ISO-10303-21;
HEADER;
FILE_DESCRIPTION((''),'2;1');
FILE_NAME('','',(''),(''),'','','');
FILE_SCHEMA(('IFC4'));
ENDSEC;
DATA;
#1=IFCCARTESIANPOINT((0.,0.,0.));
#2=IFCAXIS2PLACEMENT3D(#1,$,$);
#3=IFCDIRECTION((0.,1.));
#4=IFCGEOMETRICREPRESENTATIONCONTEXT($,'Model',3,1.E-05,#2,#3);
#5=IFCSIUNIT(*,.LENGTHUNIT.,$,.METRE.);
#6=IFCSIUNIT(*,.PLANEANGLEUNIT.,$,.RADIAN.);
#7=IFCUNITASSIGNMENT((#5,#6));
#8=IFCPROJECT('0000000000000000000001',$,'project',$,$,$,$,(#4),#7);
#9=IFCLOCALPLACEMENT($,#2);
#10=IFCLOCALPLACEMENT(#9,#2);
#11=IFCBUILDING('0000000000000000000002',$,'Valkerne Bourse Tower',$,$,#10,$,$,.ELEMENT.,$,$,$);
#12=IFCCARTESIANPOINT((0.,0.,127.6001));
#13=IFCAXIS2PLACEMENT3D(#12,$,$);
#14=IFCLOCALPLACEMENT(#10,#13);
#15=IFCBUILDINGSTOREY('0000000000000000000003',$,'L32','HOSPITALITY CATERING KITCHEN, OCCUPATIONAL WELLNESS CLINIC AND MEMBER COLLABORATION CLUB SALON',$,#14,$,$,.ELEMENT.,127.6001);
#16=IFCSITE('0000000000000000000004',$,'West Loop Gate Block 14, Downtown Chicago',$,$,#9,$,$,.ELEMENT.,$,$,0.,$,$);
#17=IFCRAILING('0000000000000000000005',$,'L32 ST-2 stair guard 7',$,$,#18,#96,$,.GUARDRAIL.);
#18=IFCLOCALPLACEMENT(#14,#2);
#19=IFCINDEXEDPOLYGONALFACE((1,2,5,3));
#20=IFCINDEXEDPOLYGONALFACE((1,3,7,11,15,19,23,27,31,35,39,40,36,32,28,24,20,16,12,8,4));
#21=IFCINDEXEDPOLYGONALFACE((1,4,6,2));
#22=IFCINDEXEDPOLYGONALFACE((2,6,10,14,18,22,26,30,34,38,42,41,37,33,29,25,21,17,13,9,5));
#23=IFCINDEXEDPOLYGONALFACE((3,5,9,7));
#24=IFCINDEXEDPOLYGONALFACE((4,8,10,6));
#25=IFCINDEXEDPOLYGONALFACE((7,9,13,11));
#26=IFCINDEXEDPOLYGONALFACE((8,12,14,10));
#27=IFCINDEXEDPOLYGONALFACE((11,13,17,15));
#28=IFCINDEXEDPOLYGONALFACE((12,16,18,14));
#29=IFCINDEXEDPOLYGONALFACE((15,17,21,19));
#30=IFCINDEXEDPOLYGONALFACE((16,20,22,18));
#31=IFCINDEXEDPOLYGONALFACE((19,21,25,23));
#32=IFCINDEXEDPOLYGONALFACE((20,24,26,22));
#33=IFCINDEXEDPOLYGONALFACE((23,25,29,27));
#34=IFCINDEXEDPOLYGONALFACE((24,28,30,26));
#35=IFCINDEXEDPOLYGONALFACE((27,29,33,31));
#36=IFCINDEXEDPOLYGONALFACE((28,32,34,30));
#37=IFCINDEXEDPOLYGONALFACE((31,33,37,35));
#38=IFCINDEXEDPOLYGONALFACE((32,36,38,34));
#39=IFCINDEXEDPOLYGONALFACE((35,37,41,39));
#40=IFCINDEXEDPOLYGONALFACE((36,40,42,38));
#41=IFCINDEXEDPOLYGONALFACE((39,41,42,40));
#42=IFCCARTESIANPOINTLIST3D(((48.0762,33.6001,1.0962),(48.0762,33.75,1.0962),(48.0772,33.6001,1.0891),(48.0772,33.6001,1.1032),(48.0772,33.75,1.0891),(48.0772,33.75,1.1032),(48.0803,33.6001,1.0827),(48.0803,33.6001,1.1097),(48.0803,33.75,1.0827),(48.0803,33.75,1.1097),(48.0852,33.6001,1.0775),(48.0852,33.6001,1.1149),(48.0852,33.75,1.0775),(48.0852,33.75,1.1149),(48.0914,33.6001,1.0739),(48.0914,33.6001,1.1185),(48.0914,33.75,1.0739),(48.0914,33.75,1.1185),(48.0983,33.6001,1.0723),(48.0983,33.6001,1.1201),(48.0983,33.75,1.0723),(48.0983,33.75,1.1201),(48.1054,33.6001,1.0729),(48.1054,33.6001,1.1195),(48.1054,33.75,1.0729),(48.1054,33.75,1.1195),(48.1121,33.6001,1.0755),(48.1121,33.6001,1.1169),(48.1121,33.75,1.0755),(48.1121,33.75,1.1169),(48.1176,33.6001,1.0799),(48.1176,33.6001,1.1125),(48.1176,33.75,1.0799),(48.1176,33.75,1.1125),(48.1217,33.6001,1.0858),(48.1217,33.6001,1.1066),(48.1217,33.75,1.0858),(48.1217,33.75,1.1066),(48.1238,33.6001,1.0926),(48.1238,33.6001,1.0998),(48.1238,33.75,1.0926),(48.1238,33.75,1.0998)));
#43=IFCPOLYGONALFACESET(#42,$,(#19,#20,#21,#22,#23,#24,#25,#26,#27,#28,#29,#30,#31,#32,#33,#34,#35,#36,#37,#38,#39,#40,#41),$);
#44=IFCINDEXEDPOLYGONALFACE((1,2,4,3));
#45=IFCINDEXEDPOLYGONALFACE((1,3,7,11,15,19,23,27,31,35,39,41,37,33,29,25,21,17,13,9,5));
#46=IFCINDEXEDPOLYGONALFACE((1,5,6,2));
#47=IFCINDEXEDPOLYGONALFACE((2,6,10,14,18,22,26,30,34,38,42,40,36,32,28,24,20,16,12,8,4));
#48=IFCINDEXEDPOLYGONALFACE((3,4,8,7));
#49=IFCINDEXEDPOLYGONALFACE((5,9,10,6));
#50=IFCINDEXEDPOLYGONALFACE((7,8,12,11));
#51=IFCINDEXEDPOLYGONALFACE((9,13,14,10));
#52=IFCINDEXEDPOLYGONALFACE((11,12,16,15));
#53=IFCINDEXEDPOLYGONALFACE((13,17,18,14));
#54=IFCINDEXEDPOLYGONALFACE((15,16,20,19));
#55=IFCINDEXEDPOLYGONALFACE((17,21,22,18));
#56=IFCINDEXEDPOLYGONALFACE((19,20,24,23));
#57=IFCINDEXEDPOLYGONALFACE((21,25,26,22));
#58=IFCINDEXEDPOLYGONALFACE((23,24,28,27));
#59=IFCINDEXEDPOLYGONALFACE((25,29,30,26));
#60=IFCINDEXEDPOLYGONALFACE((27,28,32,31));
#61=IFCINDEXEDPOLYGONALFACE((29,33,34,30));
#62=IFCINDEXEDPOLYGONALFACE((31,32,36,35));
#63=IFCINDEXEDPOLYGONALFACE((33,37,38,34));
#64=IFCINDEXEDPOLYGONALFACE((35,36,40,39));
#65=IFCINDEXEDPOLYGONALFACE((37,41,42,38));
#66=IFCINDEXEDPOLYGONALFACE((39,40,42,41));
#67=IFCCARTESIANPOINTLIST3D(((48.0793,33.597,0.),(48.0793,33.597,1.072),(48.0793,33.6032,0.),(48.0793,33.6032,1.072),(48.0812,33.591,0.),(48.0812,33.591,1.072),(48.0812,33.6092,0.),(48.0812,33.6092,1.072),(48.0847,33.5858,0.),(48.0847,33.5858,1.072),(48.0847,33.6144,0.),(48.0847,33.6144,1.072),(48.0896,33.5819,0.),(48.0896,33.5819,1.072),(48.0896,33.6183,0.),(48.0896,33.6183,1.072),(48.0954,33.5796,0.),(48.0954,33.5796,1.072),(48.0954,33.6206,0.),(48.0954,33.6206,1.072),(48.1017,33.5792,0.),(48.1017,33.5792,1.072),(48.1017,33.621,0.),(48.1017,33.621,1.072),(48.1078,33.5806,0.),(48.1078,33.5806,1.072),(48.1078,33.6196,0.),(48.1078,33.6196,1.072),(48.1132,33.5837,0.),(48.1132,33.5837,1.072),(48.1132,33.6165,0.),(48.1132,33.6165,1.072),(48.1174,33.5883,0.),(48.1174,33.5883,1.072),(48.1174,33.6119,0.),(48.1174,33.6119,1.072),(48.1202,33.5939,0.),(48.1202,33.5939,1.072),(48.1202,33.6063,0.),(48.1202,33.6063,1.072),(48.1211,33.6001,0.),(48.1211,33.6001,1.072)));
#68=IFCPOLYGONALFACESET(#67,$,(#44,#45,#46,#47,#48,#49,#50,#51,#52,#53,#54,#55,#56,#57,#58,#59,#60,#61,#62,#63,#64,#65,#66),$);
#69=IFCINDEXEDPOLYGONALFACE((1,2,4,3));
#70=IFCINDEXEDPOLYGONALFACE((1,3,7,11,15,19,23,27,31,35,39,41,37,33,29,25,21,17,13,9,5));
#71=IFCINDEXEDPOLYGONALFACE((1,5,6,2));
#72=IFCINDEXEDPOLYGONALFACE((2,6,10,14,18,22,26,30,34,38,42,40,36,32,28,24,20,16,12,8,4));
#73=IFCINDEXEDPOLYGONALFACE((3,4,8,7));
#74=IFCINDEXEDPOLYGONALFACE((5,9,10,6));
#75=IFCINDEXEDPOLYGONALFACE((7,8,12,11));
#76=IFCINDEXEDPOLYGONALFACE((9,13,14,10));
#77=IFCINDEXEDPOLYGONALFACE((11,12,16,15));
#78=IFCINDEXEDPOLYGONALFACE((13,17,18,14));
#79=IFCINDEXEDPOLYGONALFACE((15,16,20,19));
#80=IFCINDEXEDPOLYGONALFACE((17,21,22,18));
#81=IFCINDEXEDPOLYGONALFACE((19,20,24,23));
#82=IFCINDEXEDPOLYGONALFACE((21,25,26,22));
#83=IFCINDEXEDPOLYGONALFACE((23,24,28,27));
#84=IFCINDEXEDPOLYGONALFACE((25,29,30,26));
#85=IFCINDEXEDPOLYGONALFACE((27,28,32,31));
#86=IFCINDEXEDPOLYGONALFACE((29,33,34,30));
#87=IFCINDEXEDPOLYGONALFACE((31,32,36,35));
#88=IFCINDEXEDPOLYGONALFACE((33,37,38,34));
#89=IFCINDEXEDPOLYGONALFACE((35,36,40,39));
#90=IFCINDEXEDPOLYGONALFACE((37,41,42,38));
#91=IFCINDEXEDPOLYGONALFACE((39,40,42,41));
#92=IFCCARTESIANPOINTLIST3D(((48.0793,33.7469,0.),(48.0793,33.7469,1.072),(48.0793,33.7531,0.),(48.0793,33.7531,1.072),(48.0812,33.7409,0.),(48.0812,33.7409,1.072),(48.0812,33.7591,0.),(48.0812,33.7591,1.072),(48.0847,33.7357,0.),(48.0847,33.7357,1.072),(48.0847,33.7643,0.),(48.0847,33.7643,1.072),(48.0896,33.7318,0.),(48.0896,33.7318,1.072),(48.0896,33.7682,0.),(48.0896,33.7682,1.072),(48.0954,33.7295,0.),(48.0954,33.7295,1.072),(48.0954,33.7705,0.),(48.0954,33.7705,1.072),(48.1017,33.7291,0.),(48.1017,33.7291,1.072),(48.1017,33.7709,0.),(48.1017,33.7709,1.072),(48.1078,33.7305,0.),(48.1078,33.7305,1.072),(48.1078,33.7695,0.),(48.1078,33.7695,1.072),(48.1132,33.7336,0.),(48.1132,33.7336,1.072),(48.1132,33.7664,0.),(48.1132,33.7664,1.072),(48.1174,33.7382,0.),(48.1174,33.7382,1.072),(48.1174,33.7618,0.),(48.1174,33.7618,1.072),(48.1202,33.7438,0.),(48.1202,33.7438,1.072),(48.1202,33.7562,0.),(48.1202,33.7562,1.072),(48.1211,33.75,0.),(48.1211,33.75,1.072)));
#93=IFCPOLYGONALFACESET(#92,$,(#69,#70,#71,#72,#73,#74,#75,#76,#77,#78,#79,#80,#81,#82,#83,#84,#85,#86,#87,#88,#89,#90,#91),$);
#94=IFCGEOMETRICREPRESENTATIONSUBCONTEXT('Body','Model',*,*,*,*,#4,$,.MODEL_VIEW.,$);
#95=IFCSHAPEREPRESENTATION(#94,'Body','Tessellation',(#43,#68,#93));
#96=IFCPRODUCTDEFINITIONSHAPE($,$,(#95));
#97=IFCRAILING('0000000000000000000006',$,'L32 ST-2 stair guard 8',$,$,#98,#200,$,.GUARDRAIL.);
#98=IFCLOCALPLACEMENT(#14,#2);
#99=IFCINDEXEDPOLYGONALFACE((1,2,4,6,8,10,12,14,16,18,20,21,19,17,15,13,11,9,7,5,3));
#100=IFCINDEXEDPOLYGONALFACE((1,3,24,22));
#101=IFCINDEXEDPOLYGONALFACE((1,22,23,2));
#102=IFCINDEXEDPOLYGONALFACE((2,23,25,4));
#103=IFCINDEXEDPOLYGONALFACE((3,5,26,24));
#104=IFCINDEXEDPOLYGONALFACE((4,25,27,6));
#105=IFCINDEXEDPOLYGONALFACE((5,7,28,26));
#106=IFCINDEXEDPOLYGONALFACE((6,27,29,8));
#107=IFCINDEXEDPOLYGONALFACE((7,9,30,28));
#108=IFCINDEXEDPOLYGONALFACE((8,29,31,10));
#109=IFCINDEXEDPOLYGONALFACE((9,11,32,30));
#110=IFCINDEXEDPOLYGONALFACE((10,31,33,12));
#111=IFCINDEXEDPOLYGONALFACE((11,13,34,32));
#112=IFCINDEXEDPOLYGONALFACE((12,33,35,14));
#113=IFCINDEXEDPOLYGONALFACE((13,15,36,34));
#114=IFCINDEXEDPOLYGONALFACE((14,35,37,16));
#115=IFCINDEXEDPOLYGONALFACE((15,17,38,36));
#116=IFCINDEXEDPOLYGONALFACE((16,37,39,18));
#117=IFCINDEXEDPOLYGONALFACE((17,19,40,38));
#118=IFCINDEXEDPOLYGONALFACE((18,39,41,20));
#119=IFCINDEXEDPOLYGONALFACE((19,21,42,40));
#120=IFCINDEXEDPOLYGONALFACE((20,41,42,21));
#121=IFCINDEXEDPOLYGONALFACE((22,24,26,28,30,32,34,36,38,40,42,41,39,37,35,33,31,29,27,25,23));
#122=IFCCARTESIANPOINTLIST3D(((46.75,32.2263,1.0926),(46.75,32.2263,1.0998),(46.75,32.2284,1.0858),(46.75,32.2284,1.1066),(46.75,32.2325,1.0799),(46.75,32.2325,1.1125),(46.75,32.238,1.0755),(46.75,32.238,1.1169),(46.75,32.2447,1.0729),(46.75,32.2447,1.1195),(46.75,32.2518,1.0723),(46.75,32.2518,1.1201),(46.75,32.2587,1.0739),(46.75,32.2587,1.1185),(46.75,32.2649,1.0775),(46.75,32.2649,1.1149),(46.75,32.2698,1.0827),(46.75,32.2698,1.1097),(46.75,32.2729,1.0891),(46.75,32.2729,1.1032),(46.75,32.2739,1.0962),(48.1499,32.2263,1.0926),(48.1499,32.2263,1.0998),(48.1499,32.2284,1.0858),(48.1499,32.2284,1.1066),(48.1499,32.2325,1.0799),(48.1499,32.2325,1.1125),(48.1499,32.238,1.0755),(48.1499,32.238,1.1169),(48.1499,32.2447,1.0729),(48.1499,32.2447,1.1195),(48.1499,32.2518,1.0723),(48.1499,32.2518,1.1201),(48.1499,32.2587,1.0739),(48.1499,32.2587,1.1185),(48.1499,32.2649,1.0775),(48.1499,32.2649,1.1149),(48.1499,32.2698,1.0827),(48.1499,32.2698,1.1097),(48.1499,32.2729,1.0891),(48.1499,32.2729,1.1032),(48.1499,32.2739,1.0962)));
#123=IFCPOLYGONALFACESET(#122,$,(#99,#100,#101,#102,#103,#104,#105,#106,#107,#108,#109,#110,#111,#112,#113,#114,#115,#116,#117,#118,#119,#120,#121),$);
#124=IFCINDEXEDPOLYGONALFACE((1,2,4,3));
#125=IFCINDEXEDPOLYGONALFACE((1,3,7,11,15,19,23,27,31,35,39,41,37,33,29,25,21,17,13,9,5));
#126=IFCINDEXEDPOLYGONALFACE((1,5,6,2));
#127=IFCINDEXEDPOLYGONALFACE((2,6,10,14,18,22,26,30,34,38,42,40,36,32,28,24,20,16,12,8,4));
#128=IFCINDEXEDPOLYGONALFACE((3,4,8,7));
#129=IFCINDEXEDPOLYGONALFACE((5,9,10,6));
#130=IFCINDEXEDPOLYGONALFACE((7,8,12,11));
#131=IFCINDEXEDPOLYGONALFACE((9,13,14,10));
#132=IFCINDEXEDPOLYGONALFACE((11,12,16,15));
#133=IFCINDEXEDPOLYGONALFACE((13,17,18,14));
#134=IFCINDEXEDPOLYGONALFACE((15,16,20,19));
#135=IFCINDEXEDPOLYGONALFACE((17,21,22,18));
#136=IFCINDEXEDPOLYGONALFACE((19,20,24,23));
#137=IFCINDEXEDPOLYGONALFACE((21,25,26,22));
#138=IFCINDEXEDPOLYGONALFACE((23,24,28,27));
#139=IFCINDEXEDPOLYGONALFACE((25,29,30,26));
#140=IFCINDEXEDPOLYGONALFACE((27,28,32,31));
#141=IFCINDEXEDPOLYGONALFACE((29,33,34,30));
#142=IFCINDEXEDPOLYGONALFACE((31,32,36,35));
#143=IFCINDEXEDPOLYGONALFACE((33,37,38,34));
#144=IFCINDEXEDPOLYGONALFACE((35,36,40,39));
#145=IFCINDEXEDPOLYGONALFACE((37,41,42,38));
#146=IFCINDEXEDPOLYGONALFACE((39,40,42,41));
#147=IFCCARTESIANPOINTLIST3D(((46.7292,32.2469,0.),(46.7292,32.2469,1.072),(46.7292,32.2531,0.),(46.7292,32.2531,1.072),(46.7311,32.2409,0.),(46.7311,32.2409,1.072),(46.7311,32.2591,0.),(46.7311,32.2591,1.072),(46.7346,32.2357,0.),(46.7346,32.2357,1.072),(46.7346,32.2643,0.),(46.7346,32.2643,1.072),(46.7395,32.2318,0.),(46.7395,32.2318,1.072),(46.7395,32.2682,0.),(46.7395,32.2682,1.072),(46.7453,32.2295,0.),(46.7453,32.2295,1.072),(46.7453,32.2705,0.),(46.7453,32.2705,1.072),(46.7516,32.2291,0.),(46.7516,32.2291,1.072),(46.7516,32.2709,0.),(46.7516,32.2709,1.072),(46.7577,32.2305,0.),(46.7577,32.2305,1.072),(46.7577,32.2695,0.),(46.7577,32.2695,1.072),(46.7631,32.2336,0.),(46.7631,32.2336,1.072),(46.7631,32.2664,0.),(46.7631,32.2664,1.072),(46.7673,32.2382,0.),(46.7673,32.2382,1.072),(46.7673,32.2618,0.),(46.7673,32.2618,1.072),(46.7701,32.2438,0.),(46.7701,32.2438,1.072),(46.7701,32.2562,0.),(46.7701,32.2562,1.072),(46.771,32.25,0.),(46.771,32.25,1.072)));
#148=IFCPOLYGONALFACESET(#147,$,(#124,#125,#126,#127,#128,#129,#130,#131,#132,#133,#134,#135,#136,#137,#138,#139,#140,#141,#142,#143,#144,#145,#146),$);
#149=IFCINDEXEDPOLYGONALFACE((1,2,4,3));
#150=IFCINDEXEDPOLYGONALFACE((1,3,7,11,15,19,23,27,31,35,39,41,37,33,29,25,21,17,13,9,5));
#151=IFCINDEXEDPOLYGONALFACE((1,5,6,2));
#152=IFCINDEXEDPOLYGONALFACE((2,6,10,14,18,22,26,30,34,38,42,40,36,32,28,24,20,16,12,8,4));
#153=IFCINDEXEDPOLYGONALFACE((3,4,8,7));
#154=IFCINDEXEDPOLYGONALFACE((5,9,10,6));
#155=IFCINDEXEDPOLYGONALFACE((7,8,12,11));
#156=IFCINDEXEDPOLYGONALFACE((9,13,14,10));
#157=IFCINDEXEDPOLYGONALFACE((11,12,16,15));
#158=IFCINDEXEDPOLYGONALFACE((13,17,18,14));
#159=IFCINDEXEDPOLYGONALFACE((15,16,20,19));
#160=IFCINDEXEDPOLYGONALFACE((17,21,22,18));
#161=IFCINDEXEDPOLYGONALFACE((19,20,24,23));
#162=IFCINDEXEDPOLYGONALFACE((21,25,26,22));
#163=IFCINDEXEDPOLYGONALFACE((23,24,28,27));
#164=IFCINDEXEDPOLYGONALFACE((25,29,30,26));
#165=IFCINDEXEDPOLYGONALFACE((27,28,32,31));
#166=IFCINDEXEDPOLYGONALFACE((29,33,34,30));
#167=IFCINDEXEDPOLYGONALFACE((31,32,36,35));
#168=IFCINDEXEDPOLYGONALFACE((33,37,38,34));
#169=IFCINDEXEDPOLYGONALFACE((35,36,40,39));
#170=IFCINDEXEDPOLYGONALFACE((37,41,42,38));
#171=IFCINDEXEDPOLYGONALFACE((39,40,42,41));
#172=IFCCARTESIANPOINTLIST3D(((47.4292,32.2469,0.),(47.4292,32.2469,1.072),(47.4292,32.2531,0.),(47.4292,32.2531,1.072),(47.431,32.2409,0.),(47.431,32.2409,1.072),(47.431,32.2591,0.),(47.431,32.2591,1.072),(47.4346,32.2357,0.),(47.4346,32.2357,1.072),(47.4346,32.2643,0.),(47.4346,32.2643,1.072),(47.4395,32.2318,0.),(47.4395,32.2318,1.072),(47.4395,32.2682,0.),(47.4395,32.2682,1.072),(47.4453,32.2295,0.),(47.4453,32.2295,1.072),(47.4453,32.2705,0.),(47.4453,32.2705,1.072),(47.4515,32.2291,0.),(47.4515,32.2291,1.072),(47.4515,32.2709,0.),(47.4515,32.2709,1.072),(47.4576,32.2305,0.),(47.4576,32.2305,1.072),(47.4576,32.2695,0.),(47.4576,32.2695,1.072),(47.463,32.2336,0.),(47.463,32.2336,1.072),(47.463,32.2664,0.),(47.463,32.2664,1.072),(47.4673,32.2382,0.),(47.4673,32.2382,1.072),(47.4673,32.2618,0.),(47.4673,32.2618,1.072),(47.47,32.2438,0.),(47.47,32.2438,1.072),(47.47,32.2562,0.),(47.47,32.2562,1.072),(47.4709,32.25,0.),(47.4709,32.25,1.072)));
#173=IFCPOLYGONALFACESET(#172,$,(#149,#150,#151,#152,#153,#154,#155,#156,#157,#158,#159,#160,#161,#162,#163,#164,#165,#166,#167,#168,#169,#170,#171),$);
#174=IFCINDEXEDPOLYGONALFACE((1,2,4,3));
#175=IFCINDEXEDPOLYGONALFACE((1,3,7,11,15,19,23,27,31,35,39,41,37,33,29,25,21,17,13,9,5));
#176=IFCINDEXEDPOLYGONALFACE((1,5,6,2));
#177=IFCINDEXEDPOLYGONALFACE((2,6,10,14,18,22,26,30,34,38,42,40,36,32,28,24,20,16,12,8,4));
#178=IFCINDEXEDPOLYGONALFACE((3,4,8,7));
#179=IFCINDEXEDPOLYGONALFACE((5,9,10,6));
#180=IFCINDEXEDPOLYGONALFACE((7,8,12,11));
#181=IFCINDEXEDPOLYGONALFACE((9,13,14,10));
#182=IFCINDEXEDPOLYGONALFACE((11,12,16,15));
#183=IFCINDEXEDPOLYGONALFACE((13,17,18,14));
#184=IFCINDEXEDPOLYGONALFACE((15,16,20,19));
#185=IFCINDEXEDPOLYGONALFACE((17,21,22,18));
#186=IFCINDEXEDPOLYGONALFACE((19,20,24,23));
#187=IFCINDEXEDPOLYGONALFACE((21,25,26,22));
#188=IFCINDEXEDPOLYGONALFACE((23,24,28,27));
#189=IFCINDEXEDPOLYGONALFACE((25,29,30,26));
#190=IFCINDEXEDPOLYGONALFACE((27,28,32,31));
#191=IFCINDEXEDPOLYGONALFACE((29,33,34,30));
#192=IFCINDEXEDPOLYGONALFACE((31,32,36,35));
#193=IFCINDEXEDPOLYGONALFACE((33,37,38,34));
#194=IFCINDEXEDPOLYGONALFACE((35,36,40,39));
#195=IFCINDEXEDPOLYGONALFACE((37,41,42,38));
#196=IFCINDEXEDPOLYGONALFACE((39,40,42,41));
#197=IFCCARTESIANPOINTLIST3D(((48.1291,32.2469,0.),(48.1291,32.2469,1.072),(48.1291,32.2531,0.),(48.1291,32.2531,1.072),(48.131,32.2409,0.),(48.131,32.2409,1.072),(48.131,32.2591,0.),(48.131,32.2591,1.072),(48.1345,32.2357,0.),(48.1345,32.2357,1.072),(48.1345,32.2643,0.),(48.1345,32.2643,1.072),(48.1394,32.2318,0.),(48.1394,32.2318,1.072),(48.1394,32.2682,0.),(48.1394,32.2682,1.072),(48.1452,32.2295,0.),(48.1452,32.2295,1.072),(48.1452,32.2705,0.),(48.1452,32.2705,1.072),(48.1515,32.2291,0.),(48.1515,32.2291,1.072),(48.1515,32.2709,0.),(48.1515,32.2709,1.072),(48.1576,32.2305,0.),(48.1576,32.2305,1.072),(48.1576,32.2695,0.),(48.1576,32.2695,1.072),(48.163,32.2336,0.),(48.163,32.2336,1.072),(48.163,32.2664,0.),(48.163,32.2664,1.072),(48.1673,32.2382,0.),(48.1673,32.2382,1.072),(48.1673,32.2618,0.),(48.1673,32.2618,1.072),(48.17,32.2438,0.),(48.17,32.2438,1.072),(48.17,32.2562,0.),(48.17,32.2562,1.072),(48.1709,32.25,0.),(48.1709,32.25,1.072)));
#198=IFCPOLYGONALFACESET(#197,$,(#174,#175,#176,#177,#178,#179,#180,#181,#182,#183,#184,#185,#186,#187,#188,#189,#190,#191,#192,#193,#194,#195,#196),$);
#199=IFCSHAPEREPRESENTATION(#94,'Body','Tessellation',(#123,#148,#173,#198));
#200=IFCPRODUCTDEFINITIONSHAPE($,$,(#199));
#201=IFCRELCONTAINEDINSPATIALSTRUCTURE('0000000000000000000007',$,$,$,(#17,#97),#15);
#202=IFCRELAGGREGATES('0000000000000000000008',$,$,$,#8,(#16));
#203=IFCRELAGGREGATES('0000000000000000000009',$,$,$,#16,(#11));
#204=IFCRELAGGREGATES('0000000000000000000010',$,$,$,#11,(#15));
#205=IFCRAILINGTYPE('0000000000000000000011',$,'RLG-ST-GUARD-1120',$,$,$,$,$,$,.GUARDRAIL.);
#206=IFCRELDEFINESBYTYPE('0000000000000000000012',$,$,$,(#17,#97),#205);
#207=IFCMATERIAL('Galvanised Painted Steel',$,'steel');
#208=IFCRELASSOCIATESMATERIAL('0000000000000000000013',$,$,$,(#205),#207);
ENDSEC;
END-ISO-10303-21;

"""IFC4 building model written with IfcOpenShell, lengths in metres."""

from ifc_helpers import new_model, si_unit, direction, frame, origin, origin_2d, place, context, subcontext, project, spatial, circle, extrude, material, type_object, element, save


model = new_model("IFC4")

# Units and contexts
model_context = context("Model", 3, precision=1e-05, world=origin(), true_north=direction((0.0, 1.0)))
body_context = subcontext(model_context, "Body", "Model", "MODEL_VIEW")
ifc_project = project(units=[si_unit("LENGTHUNIT", "METRE"), si_unit("PLANEANGLEUNIT", "RADIAN")], contexts=[model_context])

# Site, building, storey
site_placement = place(None, origin())
site = spatial("IfcSite", under=ifc_project, at=site_placement, Name="West Loop Gate Block 14, Downtown Chicago", CompositionType="ELEMENT", RefElevation=0.0)
building_placement = place(site_placement, origin())
building = spatial("IfcBuilding", under=site, at=building_placement, Name="Valkerne Bourse Tower", CompositionType="ELEMENT")
storey_placement = place(building_placement, frame((0.0, 0.0, 127.6001)))
storey = spatial("IfcBuildingStorey", under=building, at=storey_placement, Name="L32", Description="HOSPITALITY CATERING KITCHEN, OCCUPATIONAL WELLNESS CLINIC AND MEMBER COLLABORATION CLUB SALON", CompositionType="ELEMENT", Elevation=127.6001)

# Shared definitions
ifc_material_1 = material(Name="Galvanised Painted Steel", Category="steel")

# Railings
railing_type_1 = type_object("IfcRailingType", Name="RLG-ST-GUARD-1120", PredefinedType="GUARDRAIL", material=ifc_material_1)
railing_1_placement = place(storey_placement, frame((48.1001, 33.6001, 0.0)))
element("IfcRailing", 1, at=railing_1_placement, inside=storey, type_object=railing_type_1, Name="L32 ST-2 stair guard 7", PredefinedType="GUARDRAIL", context=body_context, shape_type="SweptSolid", body=[
    extrude(circle(Radius=0.0239, at=origin_2d()), frame((0.0, 0.0, 1.0962), z_axis=(0.0, 1.0, 0.0), x_axis=(-1.0, 0.0, 0.0)), (0.0, 0.0, 1.0), 0.1499),
    extrude(circle(Radius=0.021, at=origin_2d()), origin(), (0.0, 0.0, 1.0), 1.072),
    extrude(circle(Radius=0.021, at=origin_2d()), frame((0.0, 0.1499, 0.0)), (0.0, 0.0, 1.0), 1.072),
])
for number, where, name in (
    (2, (46.75, 32.25, 0.0), "L32 ST-2 stair guard 8"),
):
    element("IfcRailing", number, at=place(storey_placement, frame(where)), inside=storey, type_object=railing_type_1, Name=name, PredefinedType="GUARDRAIL", context=body_context, shape_type="SweptSolid", body=[
        extrude(circle(Radius=0.0239, at=origin_2d()), frame((0.0, 0.0, 1.0962), z_axis=(1.0, 0.0, 0.0), x_axis=(0.0, 1.0, 0.0)), (0.0, 0.0, 1.0), 1.3999),
        extrude(circle(Radius=0.021, at=origin_2d()), origin(), (0.0, 0.0, 1.0), 1.072),
        extrude(circle(Radius=0.021, at=origin_2d()), frame((0.7, 0.0, 0.0)), (0.0, 0.0, 1.0), 1.072),
        extrude(circle(Radius=0.021, at=origin_2d()), frame((1.3999, 0.0, 0.0)), (0.0, 0.0, 1.0), 1.072),
    ])

save(model, "model.ifc")
